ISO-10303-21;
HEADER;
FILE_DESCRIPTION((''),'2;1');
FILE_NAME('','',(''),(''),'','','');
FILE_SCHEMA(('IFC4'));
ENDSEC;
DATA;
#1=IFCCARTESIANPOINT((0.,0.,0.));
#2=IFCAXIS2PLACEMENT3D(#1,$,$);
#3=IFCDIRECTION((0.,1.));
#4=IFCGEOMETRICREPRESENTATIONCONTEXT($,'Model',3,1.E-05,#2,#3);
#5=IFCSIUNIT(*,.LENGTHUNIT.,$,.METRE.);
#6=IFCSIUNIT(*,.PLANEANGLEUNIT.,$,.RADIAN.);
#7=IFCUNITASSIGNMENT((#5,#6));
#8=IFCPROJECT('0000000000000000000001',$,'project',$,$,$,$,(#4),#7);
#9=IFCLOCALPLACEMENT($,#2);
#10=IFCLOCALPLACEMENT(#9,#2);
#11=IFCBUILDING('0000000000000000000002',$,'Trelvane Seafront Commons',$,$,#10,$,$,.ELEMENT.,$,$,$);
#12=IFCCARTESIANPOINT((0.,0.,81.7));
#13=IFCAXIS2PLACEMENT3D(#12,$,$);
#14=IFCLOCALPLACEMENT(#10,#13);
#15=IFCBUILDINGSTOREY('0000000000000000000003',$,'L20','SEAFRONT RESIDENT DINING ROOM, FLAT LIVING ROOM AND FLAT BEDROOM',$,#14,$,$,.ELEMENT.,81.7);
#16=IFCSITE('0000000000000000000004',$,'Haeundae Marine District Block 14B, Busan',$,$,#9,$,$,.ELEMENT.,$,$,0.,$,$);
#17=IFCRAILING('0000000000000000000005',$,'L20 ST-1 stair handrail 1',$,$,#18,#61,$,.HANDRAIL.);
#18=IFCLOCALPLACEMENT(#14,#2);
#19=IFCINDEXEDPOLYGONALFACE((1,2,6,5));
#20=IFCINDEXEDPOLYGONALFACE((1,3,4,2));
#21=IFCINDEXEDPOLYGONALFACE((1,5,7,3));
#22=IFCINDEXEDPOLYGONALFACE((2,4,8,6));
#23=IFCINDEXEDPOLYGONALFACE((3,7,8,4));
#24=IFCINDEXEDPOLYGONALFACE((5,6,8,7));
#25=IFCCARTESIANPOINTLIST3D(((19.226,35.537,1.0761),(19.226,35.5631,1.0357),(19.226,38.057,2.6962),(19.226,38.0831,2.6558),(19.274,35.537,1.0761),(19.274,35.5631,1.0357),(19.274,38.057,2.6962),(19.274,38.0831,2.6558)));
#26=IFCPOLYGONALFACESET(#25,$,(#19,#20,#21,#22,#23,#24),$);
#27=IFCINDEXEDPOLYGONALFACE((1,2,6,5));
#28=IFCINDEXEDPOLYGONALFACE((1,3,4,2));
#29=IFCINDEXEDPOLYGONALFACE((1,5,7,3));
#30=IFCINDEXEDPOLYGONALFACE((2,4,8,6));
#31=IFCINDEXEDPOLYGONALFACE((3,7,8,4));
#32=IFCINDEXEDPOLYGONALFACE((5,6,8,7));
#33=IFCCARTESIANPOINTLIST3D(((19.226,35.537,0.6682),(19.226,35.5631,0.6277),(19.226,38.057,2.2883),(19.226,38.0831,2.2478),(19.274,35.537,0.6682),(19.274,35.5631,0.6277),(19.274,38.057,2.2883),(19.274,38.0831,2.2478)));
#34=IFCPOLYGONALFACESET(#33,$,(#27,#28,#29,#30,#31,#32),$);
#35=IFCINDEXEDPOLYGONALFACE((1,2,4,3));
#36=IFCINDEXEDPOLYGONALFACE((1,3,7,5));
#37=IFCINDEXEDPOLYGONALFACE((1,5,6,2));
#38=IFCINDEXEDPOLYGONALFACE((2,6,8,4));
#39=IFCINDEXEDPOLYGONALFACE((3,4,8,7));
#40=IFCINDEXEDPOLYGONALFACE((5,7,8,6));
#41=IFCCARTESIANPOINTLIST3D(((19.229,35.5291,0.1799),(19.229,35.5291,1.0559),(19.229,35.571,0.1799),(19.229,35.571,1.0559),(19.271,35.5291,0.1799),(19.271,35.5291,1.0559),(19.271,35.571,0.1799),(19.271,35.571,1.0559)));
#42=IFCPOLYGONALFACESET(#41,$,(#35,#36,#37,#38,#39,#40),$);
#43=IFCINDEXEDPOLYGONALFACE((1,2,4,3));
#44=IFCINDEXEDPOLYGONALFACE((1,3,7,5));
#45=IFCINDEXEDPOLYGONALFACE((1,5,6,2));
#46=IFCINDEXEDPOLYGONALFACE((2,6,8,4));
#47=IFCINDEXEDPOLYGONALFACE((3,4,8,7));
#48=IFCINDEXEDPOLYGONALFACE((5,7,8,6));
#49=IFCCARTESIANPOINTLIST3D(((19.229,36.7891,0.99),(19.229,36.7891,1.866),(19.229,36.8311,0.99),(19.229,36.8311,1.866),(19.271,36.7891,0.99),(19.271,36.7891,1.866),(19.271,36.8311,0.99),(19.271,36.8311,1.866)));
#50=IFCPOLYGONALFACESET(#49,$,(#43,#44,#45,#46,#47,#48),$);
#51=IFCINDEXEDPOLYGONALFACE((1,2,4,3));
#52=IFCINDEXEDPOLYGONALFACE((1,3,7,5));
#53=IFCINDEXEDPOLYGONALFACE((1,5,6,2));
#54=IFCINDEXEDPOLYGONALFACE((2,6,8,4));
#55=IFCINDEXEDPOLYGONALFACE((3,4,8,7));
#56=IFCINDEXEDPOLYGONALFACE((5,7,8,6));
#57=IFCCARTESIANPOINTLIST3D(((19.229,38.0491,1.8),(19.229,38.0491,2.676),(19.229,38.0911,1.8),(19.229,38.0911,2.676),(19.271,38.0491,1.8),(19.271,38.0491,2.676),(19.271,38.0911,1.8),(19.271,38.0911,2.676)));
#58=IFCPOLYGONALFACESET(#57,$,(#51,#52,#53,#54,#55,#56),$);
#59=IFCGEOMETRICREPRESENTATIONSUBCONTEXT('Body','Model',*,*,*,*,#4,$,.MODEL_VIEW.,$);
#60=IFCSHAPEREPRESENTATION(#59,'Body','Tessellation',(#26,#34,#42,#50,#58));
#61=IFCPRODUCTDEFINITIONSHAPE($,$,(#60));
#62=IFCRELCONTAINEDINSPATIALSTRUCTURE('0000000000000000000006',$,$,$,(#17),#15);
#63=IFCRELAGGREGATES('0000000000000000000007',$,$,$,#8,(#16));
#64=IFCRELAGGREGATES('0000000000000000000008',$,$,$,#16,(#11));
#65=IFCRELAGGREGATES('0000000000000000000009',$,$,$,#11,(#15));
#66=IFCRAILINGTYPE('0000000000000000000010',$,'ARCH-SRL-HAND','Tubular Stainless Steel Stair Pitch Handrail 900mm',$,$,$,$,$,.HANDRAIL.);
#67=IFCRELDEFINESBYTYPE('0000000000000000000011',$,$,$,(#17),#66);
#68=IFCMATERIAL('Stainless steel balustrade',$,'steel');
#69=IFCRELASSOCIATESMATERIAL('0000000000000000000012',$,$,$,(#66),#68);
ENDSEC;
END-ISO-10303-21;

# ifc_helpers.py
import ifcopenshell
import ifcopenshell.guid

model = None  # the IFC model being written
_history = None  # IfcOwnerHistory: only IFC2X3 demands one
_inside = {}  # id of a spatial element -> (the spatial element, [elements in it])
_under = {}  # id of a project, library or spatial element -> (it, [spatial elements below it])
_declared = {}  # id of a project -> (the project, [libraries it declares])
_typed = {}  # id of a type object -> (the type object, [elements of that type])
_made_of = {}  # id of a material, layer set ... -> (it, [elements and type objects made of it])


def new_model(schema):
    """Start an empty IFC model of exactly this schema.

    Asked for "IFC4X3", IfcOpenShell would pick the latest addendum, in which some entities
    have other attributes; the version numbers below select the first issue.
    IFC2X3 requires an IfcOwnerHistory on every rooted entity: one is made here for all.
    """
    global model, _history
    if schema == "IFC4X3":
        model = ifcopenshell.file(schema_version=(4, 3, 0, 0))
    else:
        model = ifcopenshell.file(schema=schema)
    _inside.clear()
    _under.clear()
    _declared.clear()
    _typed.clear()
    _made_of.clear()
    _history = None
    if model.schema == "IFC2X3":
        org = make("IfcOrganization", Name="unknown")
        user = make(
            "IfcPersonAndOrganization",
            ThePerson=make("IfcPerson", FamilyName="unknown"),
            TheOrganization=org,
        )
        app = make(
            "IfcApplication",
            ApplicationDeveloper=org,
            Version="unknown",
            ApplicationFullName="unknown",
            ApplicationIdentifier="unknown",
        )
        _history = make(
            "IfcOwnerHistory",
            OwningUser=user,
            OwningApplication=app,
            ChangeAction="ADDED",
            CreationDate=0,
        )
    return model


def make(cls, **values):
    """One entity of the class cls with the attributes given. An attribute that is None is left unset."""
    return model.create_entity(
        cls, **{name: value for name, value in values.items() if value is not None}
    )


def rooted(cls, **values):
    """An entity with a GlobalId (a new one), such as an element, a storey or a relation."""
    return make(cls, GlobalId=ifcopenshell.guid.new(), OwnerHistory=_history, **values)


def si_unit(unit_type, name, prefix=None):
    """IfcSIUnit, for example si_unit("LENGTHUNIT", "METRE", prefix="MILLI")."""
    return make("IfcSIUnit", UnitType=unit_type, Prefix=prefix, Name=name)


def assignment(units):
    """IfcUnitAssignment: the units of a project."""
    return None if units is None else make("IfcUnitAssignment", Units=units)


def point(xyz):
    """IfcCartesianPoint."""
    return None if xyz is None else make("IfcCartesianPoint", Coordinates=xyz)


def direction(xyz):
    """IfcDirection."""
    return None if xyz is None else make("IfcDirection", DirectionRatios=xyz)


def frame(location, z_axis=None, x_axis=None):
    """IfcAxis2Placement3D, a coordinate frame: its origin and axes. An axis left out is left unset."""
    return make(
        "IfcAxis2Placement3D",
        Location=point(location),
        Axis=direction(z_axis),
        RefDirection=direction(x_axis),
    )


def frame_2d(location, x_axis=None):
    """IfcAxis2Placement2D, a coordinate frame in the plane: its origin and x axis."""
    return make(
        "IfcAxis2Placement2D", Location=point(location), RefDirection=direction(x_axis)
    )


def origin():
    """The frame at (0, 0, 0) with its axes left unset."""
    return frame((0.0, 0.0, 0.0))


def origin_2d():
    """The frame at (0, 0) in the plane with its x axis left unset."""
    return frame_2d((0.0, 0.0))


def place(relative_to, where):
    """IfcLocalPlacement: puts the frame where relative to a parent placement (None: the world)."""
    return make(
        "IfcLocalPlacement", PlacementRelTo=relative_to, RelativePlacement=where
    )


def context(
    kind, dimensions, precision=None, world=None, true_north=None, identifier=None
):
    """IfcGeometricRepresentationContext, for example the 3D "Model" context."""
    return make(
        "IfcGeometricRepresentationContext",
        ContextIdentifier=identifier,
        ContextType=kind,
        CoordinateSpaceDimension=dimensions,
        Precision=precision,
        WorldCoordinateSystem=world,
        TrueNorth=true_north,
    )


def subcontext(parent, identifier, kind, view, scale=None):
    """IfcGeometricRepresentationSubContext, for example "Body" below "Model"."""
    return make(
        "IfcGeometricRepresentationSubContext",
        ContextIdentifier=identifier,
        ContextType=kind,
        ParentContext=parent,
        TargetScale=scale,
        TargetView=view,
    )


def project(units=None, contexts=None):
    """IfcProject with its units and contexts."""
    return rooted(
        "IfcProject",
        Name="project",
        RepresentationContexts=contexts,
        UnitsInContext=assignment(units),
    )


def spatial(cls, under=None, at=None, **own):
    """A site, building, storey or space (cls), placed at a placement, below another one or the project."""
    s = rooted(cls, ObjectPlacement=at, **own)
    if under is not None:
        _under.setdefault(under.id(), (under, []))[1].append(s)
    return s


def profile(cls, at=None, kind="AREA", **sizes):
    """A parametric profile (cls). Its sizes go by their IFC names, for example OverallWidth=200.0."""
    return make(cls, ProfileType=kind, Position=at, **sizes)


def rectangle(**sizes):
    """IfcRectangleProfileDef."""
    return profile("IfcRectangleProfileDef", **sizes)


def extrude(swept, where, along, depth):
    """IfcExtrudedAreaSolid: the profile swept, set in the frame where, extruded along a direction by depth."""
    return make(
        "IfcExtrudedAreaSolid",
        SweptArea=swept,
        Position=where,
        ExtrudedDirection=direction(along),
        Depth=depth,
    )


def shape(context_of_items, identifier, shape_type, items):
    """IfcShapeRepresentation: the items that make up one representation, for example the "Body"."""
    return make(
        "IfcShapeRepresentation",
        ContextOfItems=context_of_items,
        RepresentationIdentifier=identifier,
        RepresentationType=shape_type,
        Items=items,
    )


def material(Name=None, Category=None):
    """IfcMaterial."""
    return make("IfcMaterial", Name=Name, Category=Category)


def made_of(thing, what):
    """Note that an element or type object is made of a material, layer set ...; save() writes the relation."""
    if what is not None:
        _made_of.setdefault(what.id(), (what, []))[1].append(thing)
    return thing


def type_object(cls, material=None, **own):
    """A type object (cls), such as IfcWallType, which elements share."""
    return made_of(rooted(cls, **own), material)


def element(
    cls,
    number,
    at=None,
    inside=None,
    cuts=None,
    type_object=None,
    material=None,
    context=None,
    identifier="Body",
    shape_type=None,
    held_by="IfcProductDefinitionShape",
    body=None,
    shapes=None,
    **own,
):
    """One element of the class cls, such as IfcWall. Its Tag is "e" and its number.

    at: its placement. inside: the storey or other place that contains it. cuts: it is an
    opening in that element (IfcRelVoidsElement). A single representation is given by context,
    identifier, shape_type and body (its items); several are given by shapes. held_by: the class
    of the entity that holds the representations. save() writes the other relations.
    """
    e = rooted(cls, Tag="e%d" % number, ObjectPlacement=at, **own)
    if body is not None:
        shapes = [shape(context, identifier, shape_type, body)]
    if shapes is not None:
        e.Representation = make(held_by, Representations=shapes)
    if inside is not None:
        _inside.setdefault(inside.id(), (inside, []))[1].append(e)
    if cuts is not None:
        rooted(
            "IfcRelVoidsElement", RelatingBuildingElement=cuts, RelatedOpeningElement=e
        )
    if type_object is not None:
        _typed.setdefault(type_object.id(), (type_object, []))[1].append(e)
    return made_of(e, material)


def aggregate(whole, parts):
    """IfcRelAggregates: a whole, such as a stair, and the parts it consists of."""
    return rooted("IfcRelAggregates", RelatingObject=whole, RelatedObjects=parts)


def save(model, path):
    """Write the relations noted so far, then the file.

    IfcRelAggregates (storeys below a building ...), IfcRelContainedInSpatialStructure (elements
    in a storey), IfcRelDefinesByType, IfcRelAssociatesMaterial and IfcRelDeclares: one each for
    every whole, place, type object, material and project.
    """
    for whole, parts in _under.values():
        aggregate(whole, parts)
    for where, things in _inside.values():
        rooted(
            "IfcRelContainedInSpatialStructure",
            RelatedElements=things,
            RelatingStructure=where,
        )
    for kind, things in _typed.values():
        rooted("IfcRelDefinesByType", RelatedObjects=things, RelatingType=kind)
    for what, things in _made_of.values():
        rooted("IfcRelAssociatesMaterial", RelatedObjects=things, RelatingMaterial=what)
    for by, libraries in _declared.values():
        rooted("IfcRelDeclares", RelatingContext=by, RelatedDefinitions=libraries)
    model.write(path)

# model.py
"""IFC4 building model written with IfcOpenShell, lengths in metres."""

from ifc_helpers import new_model, si_unit, direction, frame, origin, origin_2d, place, context, subcontext, project, spatial, rectangle, extrude, material, type_object, element, save


model = new_model("IFC4")

# Units and contexts
model_context = context("Model", 3, precision=1e-05, world=origin(), true_north=direction((0.0, 1.0)))
body_context = subcontext(model_context, "Body", "Model", "MODEL_VIEW")
ifc_project = project(units=[si_unit("LENGTHUNIT", "METRE"), si_unit("PLANEANGLEUNIT", "RADIAN")], contexts=[model_context])

# Site, building, storey
site_placement = place(None, origin())
site = spatial("IfcSite", under=ifc_project, at=site_placement, Name="Haeundae Marine District Block 14B, Busan", CompositionType="ELEMENT", RefElevation=0.0)
building_placement = place(site_placement, origin())
building = spatial("IfcBuilding", under=site, at=building_placement, Name="Trelvane Seafront Commons", CompositionType="ELEMENT")
storey_placement = place(building_placement, frame((0.0, 0.0, 81.7)))
storey = spatial("IfcBuildingStorey", under=building, at=storey_placement, Name="L20", Description="SEAFRONT RESIDENT DINING ROOM, FLAT LIVING ROOM AND FLAT BEDROOM", CompositionType="ELEMENT", Elevation=81.7)

# Shared definitions
ifc_material_1 = material(Name="Stainless steel balustrade", Category="steel")

# Railing
railing_type_1 = type_object("IfcRailingType", Name="ARCH-SRL-HAND", Description="Tubular Stainless Steel Stair Pitch Handrail 900mm", PredefinedType="HANDRAIL", material=ifc_material_1)
railing_1_placement = place(storey_placement, frame((19.25, 35.55, 0.1799)))
element("IfcRailing", 1, at=railing_1_placement, inside=storey, type_object=railing_type_1, Name="L20 ST-1 stair handrail 1", PredefinedType="HANDRAIL", context=body_context, shape_type="SweptSolid", body=[
    extrude(rectangle(XDim=0.0481, YDim=0.0481, at=origin_2d()), frame((0.0, 0.0, 0.876), z_axis=(0.0, 0.841163, 0.540782), x_axis=(-1.0, 0.0, 0.0)), (0.0, 0.0, 1.0), 2.9958),
    extrude(rectangle(XDim=0.0481, YDim=0.0481, at=origin_2d()), frame((0.0, 0.0, 0.468), z_axis=(0.0, 0.841163, 0.540782), x_axis=(-1.0, 0.0, 0.0)), (0.0, 0.0, 1.0), 2.9958),
    extrude(rectangle(XDim=0.042, YDim=0.042, at=origin_2d()), origin(), (0.0, 0.0, 1.0), 0.876),
    extrude(rectangle(XDim=0.042, YDim=0.042, at=origin_2d()), frame((0.0, 1.26, 0.8101)), (0.0, 0.0, 1.0), 0.876),
    extrude(rectangle(XDim=0.042, YDim=0.042, at=origin_2d()), frame((0.0, 2.52, 1.6201)), (0.0, 0.0, 1.0), 0.876),
])

save(model, "model.ifc")
